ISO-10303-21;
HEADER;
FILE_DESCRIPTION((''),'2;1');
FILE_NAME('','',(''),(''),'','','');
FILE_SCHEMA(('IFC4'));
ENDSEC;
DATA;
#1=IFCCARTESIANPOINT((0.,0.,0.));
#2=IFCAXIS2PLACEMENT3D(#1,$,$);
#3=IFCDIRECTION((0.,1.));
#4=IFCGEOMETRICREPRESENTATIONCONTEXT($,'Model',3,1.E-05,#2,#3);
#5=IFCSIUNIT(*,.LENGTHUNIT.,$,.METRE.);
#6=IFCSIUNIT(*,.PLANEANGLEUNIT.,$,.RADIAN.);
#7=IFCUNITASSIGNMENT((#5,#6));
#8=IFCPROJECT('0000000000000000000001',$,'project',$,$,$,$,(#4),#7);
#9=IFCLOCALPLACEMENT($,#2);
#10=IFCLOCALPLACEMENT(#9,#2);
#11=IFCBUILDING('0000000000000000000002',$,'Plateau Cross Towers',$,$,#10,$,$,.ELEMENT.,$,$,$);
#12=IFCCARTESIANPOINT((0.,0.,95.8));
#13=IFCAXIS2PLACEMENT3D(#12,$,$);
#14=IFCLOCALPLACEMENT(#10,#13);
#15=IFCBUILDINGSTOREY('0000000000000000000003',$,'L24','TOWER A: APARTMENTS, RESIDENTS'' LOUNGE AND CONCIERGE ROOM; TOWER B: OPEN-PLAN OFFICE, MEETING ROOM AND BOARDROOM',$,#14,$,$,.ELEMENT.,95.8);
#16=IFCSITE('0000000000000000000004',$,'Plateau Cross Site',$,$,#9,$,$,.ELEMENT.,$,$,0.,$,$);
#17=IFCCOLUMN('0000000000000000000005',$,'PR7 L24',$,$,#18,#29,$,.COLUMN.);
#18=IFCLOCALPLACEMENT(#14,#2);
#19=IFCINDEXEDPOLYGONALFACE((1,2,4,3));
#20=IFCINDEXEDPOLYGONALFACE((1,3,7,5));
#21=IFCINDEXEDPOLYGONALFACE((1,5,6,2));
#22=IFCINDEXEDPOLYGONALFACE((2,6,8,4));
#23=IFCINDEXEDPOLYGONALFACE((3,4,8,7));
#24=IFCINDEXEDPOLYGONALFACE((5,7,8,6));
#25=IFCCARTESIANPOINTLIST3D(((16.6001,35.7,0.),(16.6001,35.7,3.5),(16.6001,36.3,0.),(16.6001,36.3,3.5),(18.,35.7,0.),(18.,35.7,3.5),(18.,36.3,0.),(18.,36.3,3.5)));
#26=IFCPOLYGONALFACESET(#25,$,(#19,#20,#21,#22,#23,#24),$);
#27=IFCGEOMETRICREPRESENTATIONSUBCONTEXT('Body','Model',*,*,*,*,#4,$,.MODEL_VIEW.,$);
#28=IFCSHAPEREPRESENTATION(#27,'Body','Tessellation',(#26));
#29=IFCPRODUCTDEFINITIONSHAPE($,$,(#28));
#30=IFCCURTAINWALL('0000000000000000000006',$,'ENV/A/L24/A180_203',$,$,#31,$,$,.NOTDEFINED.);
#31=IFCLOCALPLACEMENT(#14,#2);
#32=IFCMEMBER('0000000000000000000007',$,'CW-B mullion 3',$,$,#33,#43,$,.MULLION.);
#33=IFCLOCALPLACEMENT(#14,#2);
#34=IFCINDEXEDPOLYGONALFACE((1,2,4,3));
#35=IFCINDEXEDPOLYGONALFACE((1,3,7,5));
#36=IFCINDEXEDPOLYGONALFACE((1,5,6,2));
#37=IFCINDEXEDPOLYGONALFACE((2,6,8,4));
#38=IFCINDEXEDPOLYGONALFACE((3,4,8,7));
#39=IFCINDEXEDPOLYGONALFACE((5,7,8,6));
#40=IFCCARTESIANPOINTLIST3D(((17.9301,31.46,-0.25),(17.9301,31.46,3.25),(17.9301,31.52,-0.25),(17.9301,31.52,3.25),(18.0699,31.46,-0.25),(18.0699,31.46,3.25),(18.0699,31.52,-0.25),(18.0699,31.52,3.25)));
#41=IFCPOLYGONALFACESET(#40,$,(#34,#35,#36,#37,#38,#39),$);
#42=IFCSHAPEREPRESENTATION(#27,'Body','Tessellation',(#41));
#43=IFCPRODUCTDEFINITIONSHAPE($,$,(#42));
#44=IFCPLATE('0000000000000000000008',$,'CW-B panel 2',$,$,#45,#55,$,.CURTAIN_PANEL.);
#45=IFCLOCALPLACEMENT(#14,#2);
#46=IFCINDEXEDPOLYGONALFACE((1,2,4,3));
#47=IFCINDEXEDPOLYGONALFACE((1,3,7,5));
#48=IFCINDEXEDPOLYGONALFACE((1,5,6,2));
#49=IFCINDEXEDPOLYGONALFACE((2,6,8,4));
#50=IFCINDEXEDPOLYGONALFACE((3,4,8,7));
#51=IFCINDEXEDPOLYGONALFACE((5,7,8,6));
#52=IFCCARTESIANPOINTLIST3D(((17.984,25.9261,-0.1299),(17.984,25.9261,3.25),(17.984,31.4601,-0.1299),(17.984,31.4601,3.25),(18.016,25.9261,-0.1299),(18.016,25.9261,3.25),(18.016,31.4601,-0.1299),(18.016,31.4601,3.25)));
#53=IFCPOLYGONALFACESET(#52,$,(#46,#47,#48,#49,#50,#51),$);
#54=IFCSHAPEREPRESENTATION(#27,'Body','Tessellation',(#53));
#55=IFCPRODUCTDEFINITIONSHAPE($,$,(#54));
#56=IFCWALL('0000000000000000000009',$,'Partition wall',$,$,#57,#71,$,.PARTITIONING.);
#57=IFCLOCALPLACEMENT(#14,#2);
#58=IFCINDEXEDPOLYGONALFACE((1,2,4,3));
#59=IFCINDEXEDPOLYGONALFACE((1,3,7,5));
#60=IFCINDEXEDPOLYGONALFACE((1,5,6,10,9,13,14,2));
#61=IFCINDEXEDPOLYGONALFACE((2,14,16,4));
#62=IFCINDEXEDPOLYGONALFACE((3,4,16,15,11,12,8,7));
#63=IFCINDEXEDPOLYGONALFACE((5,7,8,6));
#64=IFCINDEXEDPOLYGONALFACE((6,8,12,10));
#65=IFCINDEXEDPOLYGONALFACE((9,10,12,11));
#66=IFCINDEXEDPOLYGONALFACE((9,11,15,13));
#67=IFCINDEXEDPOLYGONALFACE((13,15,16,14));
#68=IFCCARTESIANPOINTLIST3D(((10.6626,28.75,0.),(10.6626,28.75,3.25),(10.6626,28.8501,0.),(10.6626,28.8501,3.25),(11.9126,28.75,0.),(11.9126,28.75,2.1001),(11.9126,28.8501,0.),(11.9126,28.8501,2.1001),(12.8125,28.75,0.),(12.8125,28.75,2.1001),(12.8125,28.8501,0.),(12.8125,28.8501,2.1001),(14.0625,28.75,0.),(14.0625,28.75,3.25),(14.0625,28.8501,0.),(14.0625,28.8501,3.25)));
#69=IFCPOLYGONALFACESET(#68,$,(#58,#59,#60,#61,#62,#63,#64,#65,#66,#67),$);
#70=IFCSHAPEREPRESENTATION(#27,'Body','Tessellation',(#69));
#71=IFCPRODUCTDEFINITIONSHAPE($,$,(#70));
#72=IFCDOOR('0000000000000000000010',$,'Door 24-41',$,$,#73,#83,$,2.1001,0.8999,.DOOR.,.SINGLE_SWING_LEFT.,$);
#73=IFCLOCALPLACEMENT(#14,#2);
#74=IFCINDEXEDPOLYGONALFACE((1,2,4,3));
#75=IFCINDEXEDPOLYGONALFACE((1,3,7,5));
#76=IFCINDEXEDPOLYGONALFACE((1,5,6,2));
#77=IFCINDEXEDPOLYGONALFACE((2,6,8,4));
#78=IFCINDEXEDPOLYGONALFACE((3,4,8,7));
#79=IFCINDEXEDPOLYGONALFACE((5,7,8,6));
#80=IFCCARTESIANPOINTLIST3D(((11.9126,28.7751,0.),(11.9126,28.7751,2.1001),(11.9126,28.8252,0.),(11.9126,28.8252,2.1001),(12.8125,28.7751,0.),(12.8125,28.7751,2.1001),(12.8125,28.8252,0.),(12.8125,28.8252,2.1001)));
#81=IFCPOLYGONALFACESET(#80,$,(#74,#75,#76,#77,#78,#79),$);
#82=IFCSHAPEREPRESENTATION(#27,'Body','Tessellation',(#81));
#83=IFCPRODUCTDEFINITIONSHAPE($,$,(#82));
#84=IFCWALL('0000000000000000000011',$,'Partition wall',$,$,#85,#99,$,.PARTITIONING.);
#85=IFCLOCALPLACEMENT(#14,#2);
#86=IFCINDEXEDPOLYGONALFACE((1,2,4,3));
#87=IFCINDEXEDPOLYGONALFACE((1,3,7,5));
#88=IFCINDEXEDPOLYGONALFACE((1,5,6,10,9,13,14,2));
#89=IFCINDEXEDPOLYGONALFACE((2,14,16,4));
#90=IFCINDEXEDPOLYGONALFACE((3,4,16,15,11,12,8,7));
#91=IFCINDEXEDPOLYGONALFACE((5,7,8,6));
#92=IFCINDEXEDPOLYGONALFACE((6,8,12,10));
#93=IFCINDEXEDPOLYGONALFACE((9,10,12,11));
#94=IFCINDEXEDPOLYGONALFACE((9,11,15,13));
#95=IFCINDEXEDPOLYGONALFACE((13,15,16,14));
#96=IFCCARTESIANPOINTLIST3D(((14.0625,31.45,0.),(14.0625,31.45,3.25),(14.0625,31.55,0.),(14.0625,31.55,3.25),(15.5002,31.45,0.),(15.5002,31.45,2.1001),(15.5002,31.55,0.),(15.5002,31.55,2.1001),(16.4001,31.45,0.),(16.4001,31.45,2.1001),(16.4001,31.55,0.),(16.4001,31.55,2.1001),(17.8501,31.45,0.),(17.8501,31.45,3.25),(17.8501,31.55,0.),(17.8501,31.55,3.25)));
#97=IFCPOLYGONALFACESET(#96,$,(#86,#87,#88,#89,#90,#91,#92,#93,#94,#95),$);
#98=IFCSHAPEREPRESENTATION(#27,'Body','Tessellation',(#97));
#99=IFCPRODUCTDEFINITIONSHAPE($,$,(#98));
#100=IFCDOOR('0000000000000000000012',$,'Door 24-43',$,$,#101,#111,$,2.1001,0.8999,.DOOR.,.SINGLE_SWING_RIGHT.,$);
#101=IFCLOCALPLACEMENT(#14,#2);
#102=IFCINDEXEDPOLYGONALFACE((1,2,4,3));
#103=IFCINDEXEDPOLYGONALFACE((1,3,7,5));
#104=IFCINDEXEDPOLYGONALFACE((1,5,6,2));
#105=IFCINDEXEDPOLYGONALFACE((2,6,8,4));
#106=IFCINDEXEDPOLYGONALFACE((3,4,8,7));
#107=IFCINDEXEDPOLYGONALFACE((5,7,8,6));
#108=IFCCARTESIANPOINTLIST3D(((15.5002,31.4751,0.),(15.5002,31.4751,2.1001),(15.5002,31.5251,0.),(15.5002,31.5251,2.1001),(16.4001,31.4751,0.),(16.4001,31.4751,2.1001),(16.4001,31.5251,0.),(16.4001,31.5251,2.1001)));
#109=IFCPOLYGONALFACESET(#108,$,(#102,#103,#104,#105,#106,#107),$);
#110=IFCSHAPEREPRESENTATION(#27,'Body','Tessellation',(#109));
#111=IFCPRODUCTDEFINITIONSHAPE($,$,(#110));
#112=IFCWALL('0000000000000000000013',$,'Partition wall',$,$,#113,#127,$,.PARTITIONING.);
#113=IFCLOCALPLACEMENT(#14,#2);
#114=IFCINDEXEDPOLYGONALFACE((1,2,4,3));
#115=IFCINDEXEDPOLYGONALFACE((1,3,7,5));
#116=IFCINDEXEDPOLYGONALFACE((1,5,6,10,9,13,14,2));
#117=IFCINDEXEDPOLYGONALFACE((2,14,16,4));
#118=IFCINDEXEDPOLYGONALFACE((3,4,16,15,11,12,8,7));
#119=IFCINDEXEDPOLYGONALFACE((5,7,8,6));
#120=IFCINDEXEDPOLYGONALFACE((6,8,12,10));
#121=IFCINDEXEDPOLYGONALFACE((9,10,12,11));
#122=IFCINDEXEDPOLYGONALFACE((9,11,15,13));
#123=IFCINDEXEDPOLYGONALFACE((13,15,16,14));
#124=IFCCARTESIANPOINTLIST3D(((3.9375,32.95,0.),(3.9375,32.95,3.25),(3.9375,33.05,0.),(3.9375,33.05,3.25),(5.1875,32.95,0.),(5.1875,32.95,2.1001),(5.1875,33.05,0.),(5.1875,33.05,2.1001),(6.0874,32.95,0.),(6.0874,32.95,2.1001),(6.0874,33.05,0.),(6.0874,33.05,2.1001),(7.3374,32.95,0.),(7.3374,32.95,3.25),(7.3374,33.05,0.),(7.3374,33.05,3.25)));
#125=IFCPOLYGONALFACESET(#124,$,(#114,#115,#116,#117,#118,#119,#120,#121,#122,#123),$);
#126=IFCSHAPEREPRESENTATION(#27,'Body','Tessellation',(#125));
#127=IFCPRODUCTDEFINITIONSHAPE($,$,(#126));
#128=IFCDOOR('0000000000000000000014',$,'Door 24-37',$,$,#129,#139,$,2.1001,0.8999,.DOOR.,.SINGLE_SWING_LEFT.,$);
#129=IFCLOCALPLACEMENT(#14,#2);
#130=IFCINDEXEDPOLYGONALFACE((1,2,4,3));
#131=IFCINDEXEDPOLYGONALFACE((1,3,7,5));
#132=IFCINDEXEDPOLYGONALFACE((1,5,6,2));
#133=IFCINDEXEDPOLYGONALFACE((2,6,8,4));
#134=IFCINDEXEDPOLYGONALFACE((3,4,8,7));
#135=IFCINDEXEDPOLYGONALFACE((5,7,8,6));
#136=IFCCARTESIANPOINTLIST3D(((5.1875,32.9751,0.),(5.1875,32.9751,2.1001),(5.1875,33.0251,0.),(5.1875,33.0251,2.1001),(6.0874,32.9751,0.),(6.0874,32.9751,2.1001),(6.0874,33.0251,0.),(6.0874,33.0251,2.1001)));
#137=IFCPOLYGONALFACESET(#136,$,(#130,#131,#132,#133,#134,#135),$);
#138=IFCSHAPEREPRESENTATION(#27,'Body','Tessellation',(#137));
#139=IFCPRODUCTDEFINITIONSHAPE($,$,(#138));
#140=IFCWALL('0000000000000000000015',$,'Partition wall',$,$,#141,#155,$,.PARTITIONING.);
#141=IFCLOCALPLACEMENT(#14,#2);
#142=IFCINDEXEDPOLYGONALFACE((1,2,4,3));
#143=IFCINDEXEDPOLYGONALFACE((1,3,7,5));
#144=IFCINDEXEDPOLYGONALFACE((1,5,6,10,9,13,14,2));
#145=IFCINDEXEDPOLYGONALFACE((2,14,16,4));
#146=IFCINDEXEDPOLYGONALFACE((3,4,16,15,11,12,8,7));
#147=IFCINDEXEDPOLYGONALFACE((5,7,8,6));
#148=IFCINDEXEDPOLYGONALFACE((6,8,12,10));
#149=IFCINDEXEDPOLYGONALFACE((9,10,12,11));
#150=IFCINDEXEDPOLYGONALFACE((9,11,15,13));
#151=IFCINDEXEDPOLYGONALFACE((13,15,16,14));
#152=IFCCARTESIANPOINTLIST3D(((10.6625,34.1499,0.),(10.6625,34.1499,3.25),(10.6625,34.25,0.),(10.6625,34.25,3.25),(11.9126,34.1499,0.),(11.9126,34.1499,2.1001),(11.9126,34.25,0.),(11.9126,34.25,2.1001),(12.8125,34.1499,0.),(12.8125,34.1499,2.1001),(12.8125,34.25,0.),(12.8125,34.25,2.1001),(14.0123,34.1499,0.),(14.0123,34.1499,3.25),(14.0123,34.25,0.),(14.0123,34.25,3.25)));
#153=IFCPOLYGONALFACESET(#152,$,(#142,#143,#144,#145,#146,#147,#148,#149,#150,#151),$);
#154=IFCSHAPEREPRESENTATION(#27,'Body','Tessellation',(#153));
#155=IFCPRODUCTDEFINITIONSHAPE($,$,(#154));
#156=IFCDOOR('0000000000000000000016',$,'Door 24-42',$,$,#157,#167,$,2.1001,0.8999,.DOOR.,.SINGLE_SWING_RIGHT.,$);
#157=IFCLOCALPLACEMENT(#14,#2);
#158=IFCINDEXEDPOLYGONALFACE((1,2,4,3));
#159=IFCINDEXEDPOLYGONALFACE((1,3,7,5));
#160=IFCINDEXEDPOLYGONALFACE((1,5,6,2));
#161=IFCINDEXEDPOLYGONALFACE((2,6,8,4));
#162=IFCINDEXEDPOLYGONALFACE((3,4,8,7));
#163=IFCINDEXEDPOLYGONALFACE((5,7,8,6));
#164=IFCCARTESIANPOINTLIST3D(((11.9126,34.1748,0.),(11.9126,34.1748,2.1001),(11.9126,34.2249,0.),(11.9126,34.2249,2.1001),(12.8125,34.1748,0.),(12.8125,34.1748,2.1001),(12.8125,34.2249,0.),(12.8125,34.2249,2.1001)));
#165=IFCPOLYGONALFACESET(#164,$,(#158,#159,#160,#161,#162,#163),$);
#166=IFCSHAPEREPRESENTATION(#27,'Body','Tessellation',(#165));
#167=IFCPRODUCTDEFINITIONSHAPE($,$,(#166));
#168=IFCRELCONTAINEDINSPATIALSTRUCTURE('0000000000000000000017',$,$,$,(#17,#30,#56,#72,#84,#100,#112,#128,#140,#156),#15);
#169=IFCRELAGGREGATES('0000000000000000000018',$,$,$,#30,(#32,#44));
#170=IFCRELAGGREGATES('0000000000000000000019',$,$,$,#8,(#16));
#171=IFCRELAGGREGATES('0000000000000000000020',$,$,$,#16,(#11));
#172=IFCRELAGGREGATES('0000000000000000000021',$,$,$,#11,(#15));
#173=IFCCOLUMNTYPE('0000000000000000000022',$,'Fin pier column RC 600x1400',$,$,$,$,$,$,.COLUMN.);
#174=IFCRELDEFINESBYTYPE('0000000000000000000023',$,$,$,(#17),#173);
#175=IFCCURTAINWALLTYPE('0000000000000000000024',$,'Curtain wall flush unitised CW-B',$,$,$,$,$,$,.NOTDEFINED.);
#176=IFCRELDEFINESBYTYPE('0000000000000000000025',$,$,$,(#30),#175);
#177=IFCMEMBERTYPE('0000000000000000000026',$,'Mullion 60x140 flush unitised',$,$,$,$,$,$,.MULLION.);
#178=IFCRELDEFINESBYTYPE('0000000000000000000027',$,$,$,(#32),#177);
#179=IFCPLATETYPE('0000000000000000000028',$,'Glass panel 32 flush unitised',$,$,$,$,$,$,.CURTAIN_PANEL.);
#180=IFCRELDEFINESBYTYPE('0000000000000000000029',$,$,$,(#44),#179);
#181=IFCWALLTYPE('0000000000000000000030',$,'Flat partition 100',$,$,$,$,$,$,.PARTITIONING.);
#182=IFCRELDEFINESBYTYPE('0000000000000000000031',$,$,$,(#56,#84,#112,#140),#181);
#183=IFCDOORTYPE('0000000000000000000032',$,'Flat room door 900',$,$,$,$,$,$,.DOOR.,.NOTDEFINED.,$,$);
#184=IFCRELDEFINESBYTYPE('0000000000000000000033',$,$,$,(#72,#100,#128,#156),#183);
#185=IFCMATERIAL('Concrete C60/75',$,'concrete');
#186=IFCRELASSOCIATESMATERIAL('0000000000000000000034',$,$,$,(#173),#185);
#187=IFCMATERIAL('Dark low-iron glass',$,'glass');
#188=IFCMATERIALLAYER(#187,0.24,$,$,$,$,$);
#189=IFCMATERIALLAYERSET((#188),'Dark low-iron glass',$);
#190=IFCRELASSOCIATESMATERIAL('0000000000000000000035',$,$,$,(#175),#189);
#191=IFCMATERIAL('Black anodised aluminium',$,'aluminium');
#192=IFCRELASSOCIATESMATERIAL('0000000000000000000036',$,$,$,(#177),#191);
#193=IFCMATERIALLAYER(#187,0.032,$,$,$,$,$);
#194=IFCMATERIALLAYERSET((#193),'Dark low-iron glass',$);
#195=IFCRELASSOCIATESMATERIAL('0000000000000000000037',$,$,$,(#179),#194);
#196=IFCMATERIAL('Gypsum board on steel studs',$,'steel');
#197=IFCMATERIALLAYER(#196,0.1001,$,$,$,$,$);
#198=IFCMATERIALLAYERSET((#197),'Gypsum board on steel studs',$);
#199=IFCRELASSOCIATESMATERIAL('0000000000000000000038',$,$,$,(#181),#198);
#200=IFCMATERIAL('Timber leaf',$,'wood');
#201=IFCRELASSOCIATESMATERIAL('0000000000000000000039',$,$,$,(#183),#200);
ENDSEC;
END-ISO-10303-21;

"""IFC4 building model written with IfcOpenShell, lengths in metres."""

from ifc_helpers import new_model, si_unit, direction, frame, frame_2d, origin, origin_2d, place, context, subcontext, project, spatial, rectangle, extrude, material, layer, layer_set, material_profile, profile_set, type_object, element, fill, aggregate, save


model = new_model("IFC4")

# Units and contexts
model_context = context("Model", 3, precision=1e-05, world=origin(), true_north=direction((0.0, 1.0)))
body_context = subcontext(model_context, "Body", "Model", "MODEL_VIEW")
ifc_project = project(units=[si_unit("LENGTHUNIT", "METRE"), si_unit("PLANEANGLEUNIT", "RADIAN")], contexts=[model_context])

# Site, building, storey
site_placement = place(None, origin())
site = spatial("IfcSite", under=ifc_project, at=site_placement, Name="Plateau Cross Site", CompositionType="ELEMENT", RefElevation=0.0)
building_placement = place(site_placement, origin())
building = spatial("IfcBuilding", under=site, at=building_placement, Name="Plateau Cross Towers", CompositionType="ELEMENT")
storey_placement = place(building_placement, frame((0.0, 0.0, 95.8)))
storey = spatial("IfcBuildingStorey", under=building, at=storey_placement, Name="L24", Description="TOWER A: APARTMENTS, RESIDENTS' LOUNGE AND CONCIERGE ROOM; TOWER B: OPEN-PLAN OFFICE, MEETING ROOM AND BOARDROOM", CompositionType="ELEMENT", Elevation=95.8)

# Column
ifc_material_1 = material(Name="Concrete C60/75", Category="concrete")
ifc_material_profile_1 = material_profile(ifc_material_1, rectangle(XDim=0.6001, YDim=1.3999, at=origin_2d()), Name="RC 600x1400")
ifc_profile_set_1 = profile_set([ifc_material_profile_1], Name="Concrete C60/75")
column_type = type_object("IfcColumnType", Name="Fin pier column RC 600x1400", PredefinedType="COLUMN", material=ifc_profile_set_1)
column_placement = place(storey_placement, frame((17.3, 36.0, 0.0), z_axis=(0.0, 0.0, 1.0), x_axis=(0.0, 1.0, 0.0)))
element("IfcColumn", 1, at=column_placement, inside=storey, type_object=column_type, Name="PR7 L24", PredefinedType="COLUMN", context=body_context, shape_type="SweptSolid", body=[
    extrude(rectangle(XDim=0.6001, YDim=1.3999, at=origin_2d()), origin(), (0.0, 0.0, 1.0), 3.5),
])

# Curtain wall, member, plate
ifc_material_2 = material(Name="Dark low-iron glass", Category="glass")
ifc_layer_1 = layer(ifc_material_2, 0.24)
ifc_layer_set_1 = layer_set([ifc_layer_1], Name="Dark low-iron glass")
curtain_wall_type = type_object("IfcCurtainWallType", Name="Curtain wall flush unitised CW-B", PredefinedType="NOTDEFINED", material=ifc_layer_set_1)
curtain_wall_placement = place(storey_placement, origin())
curtain_wall = element("IfcCurtainWall", 2, at=curtain_wall_placement, inside=storey, type_object=curtain_wall_type, Name="ENV/A/L24/A180_203", PredefinedType="NOTDEFINED")
ifc_material_3 = material(Name="Black anodised aluminium", Category="aluminium")
ifc_material_profile_2 = material_profile(ifc_material_3, rectangle(XDim=0.0601, YDim=0.1399, at=origin_2d()), Name="MULLION 60x140")
ifc_profile_set_2 = profile_set([ifc_material_profile_2], Name="Black anodised aluminium")
member_type = type_object("IfcMemberType", Name="Mullion 60x140 flush unitised", PredefinedType="MULLION", material=ifc_profile_set_2)
member_placement = place(storey_placement, frame((18.0, 31.49, -0.25), z_axis=(0.0, 0.0, 1.0), x_axis=(0.0, 1.0, 0.0)))
member = element("IfcMember", 3, at=member_placement, type_object=member_type, Name="CW-B mullion 3", PredefinedType="MULLION", context=body_context, shape_type="SweptSolid", body=[
    extrude(rectangle(XDim=0.0601, YDim=0.1399, at=origin_2d()), origin(), (0.0, 0.0, 1.0), 3.5),
])
ifc_layer_2 = layer(ifc_material_2, 0.032)
ifc_layer_set_2 = layer_set([ifc_layer_2], Name="Dark low-iron glass")
plate_type = type_object("IfcPlateType", Name="Glass panel 32 flush unitised", PredefinedType="CURTAIN_PANEL", material=ifc_layer_set_2)
plate_placement = place(storey_placement, frame((18.0, 28.6931, -0.1299), z_axis=(0.0, 0.0, 1.0), x_axis=(0.0, 1.0, 0.0)))
plate = element("IfcPlate", 4, at=plate_placement, type_object=plate_type, Name="CW-B panel 2", PredefinedType="CURTAIN_PANEL", context=body_context, shape_type="SweptSolid", body=[
    extrude(rectangle(XDim=5.5339, YDim=0.032, at=origin_2d()), origin(), (0.0, 0.0, 1.0), 3.3799),
])
aggregate(curtain_wall, [member, plate])

# Walls, openings, doors
ifc_material_4 = material(Name="Gypsum board on steel studs", Category="steel")
ifc_layer_3 = layer(ifc_material_4, 0.1001)
ifc_layer_set_3 = layer_set([ifc_layer_3], Name="Gypsum board on steel studs")
wall_type_1 = type_object("IfcWallType", Name="Flat partition 100", PredefinedType="PARTITIONING", material=ifc_layer_set_3)
wall_1_placement = place(storey_placement, frame((14.0625, 28.8, 0.0), z_axis=(0.0, 0.0, 1.0), x_axis=(-1.0, 0.0, 0.0)))
wall_1 = element("IfcWall", 5, at=wall_1_placement, inside=storey, type_object=wall_type_1, Name="Partition wall", PredefinedType="PARTITIONING", context=body_context, shape_type="SweptSolid", body=[
    extrude(rectangle(XDim=3.3999, YDim=0.1001, at=frame_2d((1.7, 0.0))), origin(), (0.0, 0.0, 1.0), 3.25),
])
opening_1_placement = place(wall_1_placement, frame((1.25, 0.0, 0.0)))
opening_1 = element("IfcOpeningElement", 6, at=opening_1_placement, cuts=wall_1, PredefinedType="OPENING", context=body_context, shape_type="SweptSolid", body=[
    extrude(rectangle(XDim=0.8999, YDim=2.1001, at=frame_2d((0.45, 1.05))), frame((0.0, 0.0601, 0.0), z_axis=(0.0, -1.0, 0.0), x_axis=(1.0, 0.0, 0.0)), (0.0, 0.0, 1.0), 0.1201),
])
ifc_material_5 = material(Name="Timber leaf", Category="wood")
door_type_1 = type_object("IfcDoorType", Name="Flat room door 900", OperationType="NOTDEFINED", PredefinedType="DOOR", material=ifc_material_5)
door_1_placement = place(opening_1_placement, origin())
door_1 = element("IfcDoor", 7, at=door_1_placement, inside=storey, type_object=door_type_1, Name="Door 24-41", OperationType="SINGLE_SWING_LEFT", OverallHeight=2.1001, OverallWidth=0.8999, PredefinedType="DOOR", context=body_context, shape_type="SweptSolid", body=[
    extrude(rectangle(XDim=0.8999, YDim=2.1001, at=frame_2d((0.45, 1.05))), frame((0.0, 0.0249, 0.0), z_axis=(0.0, -1.0, 0.0), x_axis=(1.0, 0.0, 0.0)), (0.0, 0.0, 1.0), 0.05),
])
fill(opening_1, door_1)
wall_2_placement = place(storey_placement, frame((17.8501, 31.5, 0.0), z_axis=(0.0, 0.0, 1.0), x_axis=(-1.0, 0.0, 0.0)))
wall_2 = element("IfcWall", 8, at=wall_2_placement, inside=storey, type_object=wall_type_1, Name="Partition wall", PredefinedType="PARTITIONING", context=body_context, shape_type="SweptSolid", body=[
    extrude(rectangle(XDim=3.7876, YDim=0.1001, at=frame_2d((1.8938, 0.0))), origin(), (0.0, 0.0, 1.0), 3.25),
])
opening_2_placement = place(wall_2_placement, frame((1.45, 0.0, 0.0)))
opening_2 = element("IfcOpeningElement", 9, at=opening_2_placement, cuts=wall_2, PredefinedType="OPENING", context=body_context, shape_type="SweptSolid", body=[
    extrude(rectangle(XDim=0.8999, YDim=2.1001, at=frame_2d((0.45, 1.05))), frame((0.0, 0.0601, 0.0), z_axis=(0.0, -1.0, 0.0), x_axis=(1.0, 0.0, 0.0)), (0.0, 0.0, 1.0), 0.1201),
])
door_2_placement = place(opening_2_placement, origin())
door_2 = element("IfcDoor", 10, at=door_2_placement, inside=storey, type_object=door_type_1, Name="Door 24-43", OperationType="SINGLE_SWING_RIGHT", OverallHeight=2.1001, OverallWidth=0.8999, PredefinedType="DOOR", context=body_context, shape_type="SweptSolid", body=[
    extrude(rectangle(XDim=0.8999, YDim=2.1001, at=frame_2d((0.45, 1.05))), frame((0.0, 0.0249, 0.0), z_axis=(0.0, -1.0, 0.0), x_axis=(1.0, 0.0, 0.0)), (0.0, 0.0, 1.0), 0.05),
])
fill(opening_2, door_2)
wall_3_placement = place(storey_placement, frame((7.3374, 33.0, 0.0), z_axis=(0.0, 0.0, 1.0), x_axis=(-1.0, 0.0, 0.0)))
wall_3 = element("IfcWall", 11, at=wall_3_placement, inside=storey, type_object=wall_type_1, Name="Partition wall", PredefinedType="PARTITIONING", context=body_context, shape_type="SweptSolid", body=[
    extrude(rectangle(XDim=3.3999, YDim=0.1001, at=frame_2d((1.7, 0.0))), origin(), (0.0, 0.0, 1.0), 3.25),
])
opening_3_placement = place(wall_3_placement, frame((1.25, 0.0, 0.0)))
opening_3 = element("IfcOpeningElement", 12, at=opening_3_placement, cuts=wall_3, PredefinedType="OPENING", context=body_context, shape_type="SweptSolid", body=[
    extrude(rectangle(XDim=0.8999, YDim=2.1001, at=frame_2d((0.45, 1.05))), frame((0.0, 0.0601, 0.0), z_axis=(0.0, -1.0, 0.0), x_axis=(1.0, 0.0, 0.0)), (0.0, 0.0, 1.0), 0.1201),
])
door_3_placement = place(opening_3_placement, origin())
door_3 = element("IfcDoor", 13, at=door_3_placement, inside=storey, type_object=door_type_1, Name="Door 24-37", OperationType="SINGLE_SWING_LEFT", OverallHeight=2.1001, OverallWidth=0.8999, PredefinedType="DOOR", context=body_context, shape_type="SweptSolid", body=[
    extrude(rectangle(XDim=0.8999, YDim=2.1001, at=frame_2d((0.45, 1.05))), frame((0.0, 0.0249, 0.0), z_axis=(0.0, -1.0, 0.0), x_axis=(1.0, 0.0, 0.0)), (0.0, 0.0, 1.0), 0.05),
])
fill(opening_3, door_3)
wall_4_placement = place(storey_placement, frame((10.6626, 34.2, 0.0), z_axis=(0.0, 0.0, 1.0), x_axis=(1.0, 0.0, 0.0)))
wall_4 = element("IfcWall", 14, at=wall_4_placement, inside=storey, type_object=wall_type_1, Name="Partition wall", PredefinedType="PARTITIONING", context=body_context, shape_type="SweptSolid", body=[
    extrude(rectangle(XDim=3.3499, YDim=0.1001, at=frame_2d((1.6748, 0.0))), origin(), (0.0, 0.0, 1.0), 3.25),
])
opening_4_placement = place(wall_4_placement, frame((1.25, 0.0, 0.0)))
opening_4 = element("IfcOpeningElement", 15, at=opening_4_placement, cuts=wall_4, PredefinedType="OPENING", context=body_context, shape_type="SweptSolid", body=[
    extrude(rectangle(XDim=0.8999, YDim=2.1001, at=frame_2d((0.45, 1.05))), frame((0.0, 0.0601, 0.0), z_axis=(0.0, -1.0, 0.0), x_axis=(1.0, 0.0, 0.0)), (0.0, 0.0, 1.0), 0.1201),
])
door_4_placement = place(opening_4_placement, origin())
door_4 = element("IfcDoor", 16, at=door_4_placement, inside=storey, type_object=door_type_1, Name="Door 24-42", OperationType="SINGLE_SWING_RIGHT", OverallHeight=2.1001, OverallWidth=0.8999, PredefinedType="DOOR", context=body_context, shape_type="SweptSolid", body=[
    extrude(rectangle(XDim=0.8999, YDim=2.1001, at=frame_2d((0.45, 1.05))), frame((0.0, 0.0249, 0.0), z_axis=(0.0, -1.0, 0.0), x_axis=(1.0, 0.0, 0.0)), (0.0, 0.0, 1.0), 0.05),
])
fill(opening_4, door_4)

save(model, "model.ifc")
